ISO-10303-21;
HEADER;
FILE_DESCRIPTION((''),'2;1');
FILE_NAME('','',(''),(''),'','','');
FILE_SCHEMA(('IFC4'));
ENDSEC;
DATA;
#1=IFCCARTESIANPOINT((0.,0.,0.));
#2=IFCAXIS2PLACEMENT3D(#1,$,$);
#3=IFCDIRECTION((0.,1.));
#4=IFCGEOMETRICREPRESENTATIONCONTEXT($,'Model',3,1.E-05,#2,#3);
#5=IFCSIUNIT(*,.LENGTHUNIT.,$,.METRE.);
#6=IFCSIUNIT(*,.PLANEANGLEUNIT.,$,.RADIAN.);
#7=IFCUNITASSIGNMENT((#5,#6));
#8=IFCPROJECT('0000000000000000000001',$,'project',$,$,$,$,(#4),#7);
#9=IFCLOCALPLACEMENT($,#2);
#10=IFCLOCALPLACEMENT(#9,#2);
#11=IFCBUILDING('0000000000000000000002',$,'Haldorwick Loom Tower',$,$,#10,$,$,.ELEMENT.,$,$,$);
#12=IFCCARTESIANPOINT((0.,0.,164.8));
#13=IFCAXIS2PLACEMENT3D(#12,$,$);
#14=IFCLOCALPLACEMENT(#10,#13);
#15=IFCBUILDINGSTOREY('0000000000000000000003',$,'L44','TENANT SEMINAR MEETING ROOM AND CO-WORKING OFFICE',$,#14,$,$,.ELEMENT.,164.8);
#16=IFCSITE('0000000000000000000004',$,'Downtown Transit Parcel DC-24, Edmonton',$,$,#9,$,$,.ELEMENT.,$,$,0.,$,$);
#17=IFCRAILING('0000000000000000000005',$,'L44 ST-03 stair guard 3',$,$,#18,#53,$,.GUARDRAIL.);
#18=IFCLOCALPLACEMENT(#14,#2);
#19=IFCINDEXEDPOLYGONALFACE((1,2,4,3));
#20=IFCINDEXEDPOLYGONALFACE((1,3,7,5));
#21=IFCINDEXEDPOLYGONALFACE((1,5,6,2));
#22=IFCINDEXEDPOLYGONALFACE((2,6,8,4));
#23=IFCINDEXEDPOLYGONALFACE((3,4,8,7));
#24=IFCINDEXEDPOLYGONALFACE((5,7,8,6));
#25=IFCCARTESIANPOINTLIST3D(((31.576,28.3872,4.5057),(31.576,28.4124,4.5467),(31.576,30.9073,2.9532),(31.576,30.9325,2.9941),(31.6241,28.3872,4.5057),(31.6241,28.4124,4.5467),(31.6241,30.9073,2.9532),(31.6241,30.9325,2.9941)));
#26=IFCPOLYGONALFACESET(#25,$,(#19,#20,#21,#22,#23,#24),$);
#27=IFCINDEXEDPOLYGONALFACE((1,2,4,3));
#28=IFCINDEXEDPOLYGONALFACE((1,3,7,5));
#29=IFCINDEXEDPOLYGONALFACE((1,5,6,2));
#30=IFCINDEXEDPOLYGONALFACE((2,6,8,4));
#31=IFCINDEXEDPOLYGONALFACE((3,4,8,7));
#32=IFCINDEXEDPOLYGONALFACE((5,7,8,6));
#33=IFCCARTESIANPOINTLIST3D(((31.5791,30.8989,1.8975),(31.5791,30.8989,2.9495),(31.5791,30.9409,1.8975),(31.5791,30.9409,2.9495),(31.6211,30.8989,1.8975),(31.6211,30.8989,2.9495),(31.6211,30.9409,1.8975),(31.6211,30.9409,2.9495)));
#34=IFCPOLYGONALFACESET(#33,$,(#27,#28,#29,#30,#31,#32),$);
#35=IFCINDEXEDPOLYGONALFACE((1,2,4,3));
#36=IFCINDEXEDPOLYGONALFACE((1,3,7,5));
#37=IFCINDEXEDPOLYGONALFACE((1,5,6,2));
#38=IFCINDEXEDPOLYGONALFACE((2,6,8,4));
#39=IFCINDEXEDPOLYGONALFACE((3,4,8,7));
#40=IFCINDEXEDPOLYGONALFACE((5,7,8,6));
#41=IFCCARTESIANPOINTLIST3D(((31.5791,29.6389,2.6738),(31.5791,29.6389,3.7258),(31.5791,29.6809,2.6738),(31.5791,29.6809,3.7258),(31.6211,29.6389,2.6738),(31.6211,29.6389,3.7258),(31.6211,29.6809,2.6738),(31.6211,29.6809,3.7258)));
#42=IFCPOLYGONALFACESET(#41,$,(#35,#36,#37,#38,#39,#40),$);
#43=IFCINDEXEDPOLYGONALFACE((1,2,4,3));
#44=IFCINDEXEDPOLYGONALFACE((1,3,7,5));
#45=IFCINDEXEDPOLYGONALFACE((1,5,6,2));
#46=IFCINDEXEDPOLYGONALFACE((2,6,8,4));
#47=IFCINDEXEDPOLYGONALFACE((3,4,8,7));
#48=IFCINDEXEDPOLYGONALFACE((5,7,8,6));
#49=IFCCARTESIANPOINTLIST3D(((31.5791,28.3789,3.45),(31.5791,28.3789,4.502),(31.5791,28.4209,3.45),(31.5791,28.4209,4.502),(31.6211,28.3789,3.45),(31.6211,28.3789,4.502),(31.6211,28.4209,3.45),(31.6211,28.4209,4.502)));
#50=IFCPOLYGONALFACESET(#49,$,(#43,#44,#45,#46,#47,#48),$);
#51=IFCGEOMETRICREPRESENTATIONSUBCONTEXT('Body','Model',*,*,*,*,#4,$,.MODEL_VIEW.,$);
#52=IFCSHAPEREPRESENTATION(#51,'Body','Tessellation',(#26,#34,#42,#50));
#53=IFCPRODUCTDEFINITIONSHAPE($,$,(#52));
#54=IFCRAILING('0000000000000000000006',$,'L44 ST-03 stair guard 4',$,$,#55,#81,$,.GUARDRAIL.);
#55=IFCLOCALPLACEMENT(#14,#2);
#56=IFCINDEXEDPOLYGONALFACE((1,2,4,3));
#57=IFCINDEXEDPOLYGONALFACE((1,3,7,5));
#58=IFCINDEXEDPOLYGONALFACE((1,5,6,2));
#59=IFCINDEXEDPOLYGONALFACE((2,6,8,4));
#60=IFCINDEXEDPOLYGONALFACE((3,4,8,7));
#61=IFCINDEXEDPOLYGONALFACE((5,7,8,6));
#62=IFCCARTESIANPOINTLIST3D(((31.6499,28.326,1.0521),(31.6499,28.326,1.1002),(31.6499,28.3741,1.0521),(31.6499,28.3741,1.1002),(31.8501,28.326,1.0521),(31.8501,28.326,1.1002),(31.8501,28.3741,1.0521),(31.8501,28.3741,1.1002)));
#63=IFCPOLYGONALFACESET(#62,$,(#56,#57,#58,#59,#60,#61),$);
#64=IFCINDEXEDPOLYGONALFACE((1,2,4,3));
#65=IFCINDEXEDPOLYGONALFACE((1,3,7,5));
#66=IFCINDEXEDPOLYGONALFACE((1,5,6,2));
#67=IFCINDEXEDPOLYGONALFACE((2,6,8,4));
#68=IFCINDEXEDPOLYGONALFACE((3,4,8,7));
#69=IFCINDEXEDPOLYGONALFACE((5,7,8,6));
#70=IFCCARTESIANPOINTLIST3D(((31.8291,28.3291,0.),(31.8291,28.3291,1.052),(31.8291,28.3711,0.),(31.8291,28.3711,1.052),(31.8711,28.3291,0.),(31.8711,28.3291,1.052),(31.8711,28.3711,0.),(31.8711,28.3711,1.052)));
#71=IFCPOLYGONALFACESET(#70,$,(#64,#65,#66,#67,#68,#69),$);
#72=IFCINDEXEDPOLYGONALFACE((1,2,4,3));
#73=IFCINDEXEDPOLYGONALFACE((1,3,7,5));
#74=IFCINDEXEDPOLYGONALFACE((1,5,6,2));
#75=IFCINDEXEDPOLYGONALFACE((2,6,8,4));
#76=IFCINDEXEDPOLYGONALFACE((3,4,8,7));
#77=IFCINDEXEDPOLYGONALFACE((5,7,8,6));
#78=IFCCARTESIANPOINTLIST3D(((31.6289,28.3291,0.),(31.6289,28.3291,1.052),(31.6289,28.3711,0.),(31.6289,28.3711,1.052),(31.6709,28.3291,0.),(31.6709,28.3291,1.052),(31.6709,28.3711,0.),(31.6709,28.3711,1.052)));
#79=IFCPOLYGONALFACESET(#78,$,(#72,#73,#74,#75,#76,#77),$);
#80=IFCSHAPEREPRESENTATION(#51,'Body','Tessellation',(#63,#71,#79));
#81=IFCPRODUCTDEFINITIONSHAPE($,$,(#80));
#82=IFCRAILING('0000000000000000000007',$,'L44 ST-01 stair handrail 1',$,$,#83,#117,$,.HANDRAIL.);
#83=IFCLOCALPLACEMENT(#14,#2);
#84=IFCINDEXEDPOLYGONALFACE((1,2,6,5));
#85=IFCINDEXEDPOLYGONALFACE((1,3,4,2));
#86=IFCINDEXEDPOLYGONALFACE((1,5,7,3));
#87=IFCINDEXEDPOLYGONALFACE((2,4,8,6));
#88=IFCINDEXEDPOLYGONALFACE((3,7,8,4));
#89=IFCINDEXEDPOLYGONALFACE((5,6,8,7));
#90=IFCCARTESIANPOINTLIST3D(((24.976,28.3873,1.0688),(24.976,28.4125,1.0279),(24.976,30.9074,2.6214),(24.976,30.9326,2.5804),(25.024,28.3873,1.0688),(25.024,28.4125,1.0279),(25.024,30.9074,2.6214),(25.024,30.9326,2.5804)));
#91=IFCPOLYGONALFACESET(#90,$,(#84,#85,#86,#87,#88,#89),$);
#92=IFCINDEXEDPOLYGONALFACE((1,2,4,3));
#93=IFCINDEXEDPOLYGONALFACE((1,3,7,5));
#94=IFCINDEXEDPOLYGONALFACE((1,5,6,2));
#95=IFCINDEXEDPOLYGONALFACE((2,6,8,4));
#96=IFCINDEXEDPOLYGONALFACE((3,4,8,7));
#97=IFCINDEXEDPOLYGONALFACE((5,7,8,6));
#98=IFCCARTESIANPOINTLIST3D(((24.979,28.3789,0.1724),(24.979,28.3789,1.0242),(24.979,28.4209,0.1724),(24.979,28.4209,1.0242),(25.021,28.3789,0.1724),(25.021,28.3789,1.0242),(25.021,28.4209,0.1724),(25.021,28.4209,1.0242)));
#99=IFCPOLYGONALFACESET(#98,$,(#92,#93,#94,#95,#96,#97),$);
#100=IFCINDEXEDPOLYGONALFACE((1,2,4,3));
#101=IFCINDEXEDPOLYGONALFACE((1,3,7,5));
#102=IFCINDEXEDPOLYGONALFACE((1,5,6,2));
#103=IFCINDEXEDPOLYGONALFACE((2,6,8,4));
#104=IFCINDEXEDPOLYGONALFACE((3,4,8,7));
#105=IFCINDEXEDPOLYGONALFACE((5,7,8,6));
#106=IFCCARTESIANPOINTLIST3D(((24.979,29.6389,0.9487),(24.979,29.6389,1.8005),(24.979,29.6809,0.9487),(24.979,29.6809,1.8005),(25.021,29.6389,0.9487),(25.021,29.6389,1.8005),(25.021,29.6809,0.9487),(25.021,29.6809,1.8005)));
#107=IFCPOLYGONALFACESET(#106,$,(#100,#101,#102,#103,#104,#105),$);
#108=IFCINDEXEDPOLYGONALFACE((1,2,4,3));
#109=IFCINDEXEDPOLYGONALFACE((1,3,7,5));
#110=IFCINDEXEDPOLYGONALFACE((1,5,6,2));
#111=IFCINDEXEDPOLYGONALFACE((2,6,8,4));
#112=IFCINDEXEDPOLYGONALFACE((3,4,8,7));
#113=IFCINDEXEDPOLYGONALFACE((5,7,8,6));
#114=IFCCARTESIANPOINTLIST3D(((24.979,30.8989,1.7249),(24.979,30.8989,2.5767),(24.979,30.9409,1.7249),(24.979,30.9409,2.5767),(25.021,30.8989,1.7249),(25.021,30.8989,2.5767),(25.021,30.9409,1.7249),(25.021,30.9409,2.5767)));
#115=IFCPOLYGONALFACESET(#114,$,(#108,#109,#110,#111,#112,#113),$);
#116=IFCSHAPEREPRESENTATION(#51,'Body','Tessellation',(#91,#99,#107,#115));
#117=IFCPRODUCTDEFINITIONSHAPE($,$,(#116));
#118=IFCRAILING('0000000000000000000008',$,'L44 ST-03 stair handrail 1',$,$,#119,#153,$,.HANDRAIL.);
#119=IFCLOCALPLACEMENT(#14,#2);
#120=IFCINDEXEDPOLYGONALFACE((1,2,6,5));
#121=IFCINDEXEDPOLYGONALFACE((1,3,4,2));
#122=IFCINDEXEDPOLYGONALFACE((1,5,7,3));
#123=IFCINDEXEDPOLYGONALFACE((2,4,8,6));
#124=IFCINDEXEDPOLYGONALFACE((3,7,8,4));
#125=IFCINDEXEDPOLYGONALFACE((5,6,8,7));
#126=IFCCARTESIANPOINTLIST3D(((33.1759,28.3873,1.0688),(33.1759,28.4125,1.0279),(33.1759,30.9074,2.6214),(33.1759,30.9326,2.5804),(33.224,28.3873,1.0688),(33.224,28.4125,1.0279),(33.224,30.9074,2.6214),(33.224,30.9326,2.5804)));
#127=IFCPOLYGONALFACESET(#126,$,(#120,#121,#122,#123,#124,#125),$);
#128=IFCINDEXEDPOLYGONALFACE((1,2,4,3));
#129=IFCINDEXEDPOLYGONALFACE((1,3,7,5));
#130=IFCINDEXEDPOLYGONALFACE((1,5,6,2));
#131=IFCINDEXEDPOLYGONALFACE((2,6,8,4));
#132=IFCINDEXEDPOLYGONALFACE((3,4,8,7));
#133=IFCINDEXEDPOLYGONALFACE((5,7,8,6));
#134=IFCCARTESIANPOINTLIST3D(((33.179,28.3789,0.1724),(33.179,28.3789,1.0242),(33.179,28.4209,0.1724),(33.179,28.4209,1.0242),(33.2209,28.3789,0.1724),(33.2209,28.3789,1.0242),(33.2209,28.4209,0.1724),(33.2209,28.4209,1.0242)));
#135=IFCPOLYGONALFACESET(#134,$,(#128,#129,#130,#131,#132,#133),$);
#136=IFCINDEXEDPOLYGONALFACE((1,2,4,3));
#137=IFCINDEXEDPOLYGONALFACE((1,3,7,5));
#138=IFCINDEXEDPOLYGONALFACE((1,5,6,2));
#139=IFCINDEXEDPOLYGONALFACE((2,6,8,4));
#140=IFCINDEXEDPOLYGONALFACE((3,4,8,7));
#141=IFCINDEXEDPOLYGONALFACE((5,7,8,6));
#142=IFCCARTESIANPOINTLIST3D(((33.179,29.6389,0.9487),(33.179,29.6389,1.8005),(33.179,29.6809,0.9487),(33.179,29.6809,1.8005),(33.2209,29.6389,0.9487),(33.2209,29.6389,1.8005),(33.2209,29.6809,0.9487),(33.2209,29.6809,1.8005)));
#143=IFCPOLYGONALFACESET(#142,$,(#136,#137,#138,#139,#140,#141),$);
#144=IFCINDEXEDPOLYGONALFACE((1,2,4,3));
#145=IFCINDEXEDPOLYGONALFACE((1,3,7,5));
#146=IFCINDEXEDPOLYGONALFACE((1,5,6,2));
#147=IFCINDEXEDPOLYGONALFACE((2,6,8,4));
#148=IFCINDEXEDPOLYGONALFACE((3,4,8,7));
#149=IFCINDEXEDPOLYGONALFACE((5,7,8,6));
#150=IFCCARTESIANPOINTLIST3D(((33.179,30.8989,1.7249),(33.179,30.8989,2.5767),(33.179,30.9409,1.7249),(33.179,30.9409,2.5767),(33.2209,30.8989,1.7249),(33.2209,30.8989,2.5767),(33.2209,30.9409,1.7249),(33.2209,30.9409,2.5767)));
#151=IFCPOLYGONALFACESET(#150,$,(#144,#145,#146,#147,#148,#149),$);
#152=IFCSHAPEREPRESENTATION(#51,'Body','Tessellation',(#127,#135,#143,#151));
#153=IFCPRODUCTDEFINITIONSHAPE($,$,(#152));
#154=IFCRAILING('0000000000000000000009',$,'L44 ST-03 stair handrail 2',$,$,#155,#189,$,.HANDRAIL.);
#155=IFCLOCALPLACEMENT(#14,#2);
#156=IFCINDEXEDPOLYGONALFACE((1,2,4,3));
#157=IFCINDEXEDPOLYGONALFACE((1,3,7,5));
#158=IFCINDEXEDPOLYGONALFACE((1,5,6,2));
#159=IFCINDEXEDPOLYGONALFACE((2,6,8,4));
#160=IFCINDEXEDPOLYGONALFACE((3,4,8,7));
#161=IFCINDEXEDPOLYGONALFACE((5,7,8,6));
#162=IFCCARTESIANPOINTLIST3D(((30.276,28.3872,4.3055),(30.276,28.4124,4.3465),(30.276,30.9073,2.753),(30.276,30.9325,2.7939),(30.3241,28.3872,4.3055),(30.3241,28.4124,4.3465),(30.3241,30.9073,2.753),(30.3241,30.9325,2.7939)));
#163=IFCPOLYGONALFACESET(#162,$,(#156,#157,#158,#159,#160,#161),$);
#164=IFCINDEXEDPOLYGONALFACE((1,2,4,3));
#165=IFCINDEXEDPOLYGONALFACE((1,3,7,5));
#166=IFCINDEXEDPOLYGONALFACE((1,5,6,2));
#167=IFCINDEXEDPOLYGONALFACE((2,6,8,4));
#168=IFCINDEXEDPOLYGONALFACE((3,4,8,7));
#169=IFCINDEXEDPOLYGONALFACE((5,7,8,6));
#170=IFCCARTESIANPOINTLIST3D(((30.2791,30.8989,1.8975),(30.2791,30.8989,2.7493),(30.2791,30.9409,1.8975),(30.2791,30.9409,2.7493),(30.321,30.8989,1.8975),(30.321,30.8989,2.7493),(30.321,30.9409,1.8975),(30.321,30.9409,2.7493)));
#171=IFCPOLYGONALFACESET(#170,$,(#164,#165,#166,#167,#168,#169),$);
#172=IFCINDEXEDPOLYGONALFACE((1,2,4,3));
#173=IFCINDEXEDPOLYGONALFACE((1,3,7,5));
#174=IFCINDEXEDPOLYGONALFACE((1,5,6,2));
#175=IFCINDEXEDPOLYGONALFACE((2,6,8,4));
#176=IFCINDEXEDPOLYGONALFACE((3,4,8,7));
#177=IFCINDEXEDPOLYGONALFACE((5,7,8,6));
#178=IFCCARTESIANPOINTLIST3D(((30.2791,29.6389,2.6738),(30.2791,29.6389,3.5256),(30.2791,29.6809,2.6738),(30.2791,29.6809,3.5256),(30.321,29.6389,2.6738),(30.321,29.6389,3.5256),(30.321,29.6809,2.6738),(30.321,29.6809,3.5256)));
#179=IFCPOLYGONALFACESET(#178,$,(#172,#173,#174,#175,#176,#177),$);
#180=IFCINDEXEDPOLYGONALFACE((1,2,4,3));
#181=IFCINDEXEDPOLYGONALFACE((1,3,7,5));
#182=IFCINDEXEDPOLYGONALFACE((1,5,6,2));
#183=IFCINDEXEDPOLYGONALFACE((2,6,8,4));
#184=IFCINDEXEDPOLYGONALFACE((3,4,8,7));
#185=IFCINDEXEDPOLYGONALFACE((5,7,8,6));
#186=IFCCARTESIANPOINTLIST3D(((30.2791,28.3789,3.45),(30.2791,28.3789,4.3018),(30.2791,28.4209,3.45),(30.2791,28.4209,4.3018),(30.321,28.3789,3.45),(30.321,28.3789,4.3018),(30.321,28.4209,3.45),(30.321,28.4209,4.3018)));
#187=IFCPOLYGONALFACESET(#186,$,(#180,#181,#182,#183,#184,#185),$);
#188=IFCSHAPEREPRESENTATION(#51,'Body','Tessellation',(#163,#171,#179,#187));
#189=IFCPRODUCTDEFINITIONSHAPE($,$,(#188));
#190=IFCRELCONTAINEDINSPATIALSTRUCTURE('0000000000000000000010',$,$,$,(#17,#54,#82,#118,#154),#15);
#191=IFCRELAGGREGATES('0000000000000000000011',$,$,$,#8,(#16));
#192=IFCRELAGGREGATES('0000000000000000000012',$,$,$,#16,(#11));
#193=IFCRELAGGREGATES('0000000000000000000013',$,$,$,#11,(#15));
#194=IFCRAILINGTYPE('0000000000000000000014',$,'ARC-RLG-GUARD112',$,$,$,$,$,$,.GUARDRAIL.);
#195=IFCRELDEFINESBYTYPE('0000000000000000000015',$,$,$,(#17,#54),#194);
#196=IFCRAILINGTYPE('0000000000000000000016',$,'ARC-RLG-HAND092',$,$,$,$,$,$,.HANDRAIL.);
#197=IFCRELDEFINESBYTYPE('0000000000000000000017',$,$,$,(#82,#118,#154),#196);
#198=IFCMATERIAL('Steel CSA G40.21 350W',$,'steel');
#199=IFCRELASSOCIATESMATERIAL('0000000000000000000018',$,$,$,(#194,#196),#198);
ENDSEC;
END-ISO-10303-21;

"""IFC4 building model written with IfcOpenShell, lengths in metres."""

from ifc_helpers import new_model, si_unit, direction, frame, origin, origin_2d, place, context, subcontext, project, spatial, rectangle, extrude, material, type_object, element, save


model = new_model("IFC4")

# Units and contexts
model_context = context("Model", 3, precision=1e-05, world=origin(), true_north=direction((0.0, 1.0)))
body_context = subcontext(model_context, "Body", "Model", "MODEL_VIEW")
ifc_project = project(units=[si_unit("LENGTHUNIT", "METRE"), si_unit("PLANEANGLEUNIT", "RADIAN")], contexts=[model_context])

# Site, building, storey
site_placement = place(None, origin())
site = spatial("IfcSite", under=ifc_project, at=site_placement, Name="Downtown Transit Parcel DC-24, Edmonton", CompositionType="ELEMENT", RefElevation=0.0)
building_placement = place(site_placement, origin())
building = spatial("IfcBuilding", under=site, at=building_placement, Name="Haldorwick Loom Tower", CompositionType="ELEMENT")
storey_placement = place(building_placement, frame((0.0, 0.0, 164.8)))
storey = spatial("IfcBuildingStorey", under=building, at=storey_placement, Name="L44", Description="TENANT SEMINAR MEETING ROOM AND CO-WORKING OFFICE", CompositionType="ELEMENT", Elevation=164.8)

# Shared definitions
ifc_material_1 = material(Name="Steel CSA G40.21 350W", Category="steel")

# Railings
railing_type_1 = type_object("IfcRailingType", Name="ARC-RLG-GUARD112", PredefinedType="GUARDRAIL", material=ifc_material_1)
railing_1_placement = place(storey_placement, frame((31.6001, 30.9199, 1.8975)))
element("IfcRailing", 1, at=railing_1_placement, inside=storey, type_object=railing_type_1, Name="L44 ST-03 stair guard 3", PredefinedType="GUARDRAIL", context=body_context, shape_type="SweptSolid", body=[
    extrude(rectangle(XDim=0.0481, YDim=0.0481, at=origin_2d()), frame((0.0, 0.0, 1.0762), z_axis=(0.0, -0.8514, 0.524516), x_axis=(1.0, 0.0, 0.0)), (0.0, 0.0, 1.0), 2.96),
    extrude(rectangle(XDim=0.042, YDim=0.042, at=origin_2d()), origin(), (0.0, 0.0, 1.0), 1.052),
    extrude(rectangle(XDim=0.042, YDim=0.042, at=origin_2d()), frame((0.0, -1.26, 0.7764)), (0.0, 0.0, 1.0), 1.052),
    extrude(rectangle(XDim=0.042, YDim=0.042, at=origin_2d()), frame((0.0, -2.52, 1.5525)), (0.0, 0.0, 1.0), 1.052),
])
railing_2_placement = place(storey_placement, frame((31.8501, 28.3501, 0.0)))
element("IfcRailing", 2, at=railing_2_placement, inside=storey, type_object=railing_type_1, Name="L44 ST-03 stair guard 4", PredefinedType="GUARDRAIL", context=body_context, shape_type="SweptSolid", body=[
    extrude(rectangle(XDim=0.0481, YDim=0.0481, at=origin_2d()), frame((0.0, 0.0, 1.0762), z_axis=(-1.0, 0.0, 0.0), x_axis=(0.0, -1.0, 0.0)), (0.0, 0.0, 1.0), 0.2002),
    extrude(rectangle(XDim=0.042, YDim=0.042, at=origin_2d()), origin(), (0.0, 0.0, 1.0), 1.052),
    extrude(rectangle(XDim=0.042, YDim=0.042, at=origin_2d()), frame((-0.2002, 0.0, 0.0)), (0.0, 0.0, 1.0), 1.052),
])
railing_type_2 = type_object("IfcRailingType", Name="ARC-RLG-HAND092", PredefinedType="HANDRAIL", material=ifc_material_1)
for number, where, name in (
    (3, (25.0, 28.3999, 0.1724), "L44 ST-01 stair handrail 1"),
    (4, (33.2, 28.3999, 0.1724), "L44 ST-03 stair handrail 1"),
):
    element("IfcRailing", number, at=place(storey_placement, frame(where)), inside=storey, type_object=railing_type_2, Name=name, PredefinedType="HANDRAIL", context=body_context, shape_type="SweptSolid", body=[
        extrude(rectangle(XDim=0.0481, YDim=0.0481, at=origin_2d()), frame((0.0, 0.0, 0.876), z_axis=(0.0, 0.8514, 0.524516), x_axis=(-1.0, 0.0, 0.0)), (0.0, 0.0, 1.0), 2.96),
        extrude(rectangle(XDim=0.042, YDim=0.042, at=origin_2d()), origin(), (0.0, 0.0, 1.0), 0.8518),
        extrude(rectangle(XDim=0.042, YDim=0.042, at=origin_2d()), frame((0.0, 1.26, 0.7764)), (0.0, 0.0, 1.0), 0.8518),
        extrude(rectangle(XDim=0.042, YDim=0.042, at=origin_2d()), frame((0.0, 2.52, 1.5525)), (0.0, 0.0, 1.0), 0.8518),
    ])
railing_3_placement = place(storey_placement, frame((30.3, 30.9199, 1.8975)))
element("IfcRailing", 5, at=railing_3_placement, inside=storey, type_object=railing_type_2, Name="L44 ST-03 stair handrail 2", PredefinedType="HANDRAIL", context=body_context, shape_type="SweptSolid", body=[
    extrude(rectangle(XDim=0.0481, YDim=0.0481, at=origin_2d()), frame((0.0, 0.0, 0.876), z_axis=(0.0, -0.8514, 0.524516), x_axis=(1.0, 0.0, 0.0)), (0.0, 0.0, 1.0), 2.96),
    extrude(rectangle(XDim=0.042, YDim=0.042, at=origin_2d()), origin(), (0.0, 0.0, 1.0), 0.8518),
    extrude(rectangle(XDim=0.042, YDim=0.042, at=origin_2d()), frame((0.0, -1.26, 0.7764)), (0.0, 0.0, 1.0), 0.8518),
    extrude(rectangle(XDim=0.042, YDim=0.042, at=origin_2d()), frame((0.0, -2.52, 1.5525)), (0.0, 0.0, 1.0), 0.8518),
])

save(model, "model.ifc")
